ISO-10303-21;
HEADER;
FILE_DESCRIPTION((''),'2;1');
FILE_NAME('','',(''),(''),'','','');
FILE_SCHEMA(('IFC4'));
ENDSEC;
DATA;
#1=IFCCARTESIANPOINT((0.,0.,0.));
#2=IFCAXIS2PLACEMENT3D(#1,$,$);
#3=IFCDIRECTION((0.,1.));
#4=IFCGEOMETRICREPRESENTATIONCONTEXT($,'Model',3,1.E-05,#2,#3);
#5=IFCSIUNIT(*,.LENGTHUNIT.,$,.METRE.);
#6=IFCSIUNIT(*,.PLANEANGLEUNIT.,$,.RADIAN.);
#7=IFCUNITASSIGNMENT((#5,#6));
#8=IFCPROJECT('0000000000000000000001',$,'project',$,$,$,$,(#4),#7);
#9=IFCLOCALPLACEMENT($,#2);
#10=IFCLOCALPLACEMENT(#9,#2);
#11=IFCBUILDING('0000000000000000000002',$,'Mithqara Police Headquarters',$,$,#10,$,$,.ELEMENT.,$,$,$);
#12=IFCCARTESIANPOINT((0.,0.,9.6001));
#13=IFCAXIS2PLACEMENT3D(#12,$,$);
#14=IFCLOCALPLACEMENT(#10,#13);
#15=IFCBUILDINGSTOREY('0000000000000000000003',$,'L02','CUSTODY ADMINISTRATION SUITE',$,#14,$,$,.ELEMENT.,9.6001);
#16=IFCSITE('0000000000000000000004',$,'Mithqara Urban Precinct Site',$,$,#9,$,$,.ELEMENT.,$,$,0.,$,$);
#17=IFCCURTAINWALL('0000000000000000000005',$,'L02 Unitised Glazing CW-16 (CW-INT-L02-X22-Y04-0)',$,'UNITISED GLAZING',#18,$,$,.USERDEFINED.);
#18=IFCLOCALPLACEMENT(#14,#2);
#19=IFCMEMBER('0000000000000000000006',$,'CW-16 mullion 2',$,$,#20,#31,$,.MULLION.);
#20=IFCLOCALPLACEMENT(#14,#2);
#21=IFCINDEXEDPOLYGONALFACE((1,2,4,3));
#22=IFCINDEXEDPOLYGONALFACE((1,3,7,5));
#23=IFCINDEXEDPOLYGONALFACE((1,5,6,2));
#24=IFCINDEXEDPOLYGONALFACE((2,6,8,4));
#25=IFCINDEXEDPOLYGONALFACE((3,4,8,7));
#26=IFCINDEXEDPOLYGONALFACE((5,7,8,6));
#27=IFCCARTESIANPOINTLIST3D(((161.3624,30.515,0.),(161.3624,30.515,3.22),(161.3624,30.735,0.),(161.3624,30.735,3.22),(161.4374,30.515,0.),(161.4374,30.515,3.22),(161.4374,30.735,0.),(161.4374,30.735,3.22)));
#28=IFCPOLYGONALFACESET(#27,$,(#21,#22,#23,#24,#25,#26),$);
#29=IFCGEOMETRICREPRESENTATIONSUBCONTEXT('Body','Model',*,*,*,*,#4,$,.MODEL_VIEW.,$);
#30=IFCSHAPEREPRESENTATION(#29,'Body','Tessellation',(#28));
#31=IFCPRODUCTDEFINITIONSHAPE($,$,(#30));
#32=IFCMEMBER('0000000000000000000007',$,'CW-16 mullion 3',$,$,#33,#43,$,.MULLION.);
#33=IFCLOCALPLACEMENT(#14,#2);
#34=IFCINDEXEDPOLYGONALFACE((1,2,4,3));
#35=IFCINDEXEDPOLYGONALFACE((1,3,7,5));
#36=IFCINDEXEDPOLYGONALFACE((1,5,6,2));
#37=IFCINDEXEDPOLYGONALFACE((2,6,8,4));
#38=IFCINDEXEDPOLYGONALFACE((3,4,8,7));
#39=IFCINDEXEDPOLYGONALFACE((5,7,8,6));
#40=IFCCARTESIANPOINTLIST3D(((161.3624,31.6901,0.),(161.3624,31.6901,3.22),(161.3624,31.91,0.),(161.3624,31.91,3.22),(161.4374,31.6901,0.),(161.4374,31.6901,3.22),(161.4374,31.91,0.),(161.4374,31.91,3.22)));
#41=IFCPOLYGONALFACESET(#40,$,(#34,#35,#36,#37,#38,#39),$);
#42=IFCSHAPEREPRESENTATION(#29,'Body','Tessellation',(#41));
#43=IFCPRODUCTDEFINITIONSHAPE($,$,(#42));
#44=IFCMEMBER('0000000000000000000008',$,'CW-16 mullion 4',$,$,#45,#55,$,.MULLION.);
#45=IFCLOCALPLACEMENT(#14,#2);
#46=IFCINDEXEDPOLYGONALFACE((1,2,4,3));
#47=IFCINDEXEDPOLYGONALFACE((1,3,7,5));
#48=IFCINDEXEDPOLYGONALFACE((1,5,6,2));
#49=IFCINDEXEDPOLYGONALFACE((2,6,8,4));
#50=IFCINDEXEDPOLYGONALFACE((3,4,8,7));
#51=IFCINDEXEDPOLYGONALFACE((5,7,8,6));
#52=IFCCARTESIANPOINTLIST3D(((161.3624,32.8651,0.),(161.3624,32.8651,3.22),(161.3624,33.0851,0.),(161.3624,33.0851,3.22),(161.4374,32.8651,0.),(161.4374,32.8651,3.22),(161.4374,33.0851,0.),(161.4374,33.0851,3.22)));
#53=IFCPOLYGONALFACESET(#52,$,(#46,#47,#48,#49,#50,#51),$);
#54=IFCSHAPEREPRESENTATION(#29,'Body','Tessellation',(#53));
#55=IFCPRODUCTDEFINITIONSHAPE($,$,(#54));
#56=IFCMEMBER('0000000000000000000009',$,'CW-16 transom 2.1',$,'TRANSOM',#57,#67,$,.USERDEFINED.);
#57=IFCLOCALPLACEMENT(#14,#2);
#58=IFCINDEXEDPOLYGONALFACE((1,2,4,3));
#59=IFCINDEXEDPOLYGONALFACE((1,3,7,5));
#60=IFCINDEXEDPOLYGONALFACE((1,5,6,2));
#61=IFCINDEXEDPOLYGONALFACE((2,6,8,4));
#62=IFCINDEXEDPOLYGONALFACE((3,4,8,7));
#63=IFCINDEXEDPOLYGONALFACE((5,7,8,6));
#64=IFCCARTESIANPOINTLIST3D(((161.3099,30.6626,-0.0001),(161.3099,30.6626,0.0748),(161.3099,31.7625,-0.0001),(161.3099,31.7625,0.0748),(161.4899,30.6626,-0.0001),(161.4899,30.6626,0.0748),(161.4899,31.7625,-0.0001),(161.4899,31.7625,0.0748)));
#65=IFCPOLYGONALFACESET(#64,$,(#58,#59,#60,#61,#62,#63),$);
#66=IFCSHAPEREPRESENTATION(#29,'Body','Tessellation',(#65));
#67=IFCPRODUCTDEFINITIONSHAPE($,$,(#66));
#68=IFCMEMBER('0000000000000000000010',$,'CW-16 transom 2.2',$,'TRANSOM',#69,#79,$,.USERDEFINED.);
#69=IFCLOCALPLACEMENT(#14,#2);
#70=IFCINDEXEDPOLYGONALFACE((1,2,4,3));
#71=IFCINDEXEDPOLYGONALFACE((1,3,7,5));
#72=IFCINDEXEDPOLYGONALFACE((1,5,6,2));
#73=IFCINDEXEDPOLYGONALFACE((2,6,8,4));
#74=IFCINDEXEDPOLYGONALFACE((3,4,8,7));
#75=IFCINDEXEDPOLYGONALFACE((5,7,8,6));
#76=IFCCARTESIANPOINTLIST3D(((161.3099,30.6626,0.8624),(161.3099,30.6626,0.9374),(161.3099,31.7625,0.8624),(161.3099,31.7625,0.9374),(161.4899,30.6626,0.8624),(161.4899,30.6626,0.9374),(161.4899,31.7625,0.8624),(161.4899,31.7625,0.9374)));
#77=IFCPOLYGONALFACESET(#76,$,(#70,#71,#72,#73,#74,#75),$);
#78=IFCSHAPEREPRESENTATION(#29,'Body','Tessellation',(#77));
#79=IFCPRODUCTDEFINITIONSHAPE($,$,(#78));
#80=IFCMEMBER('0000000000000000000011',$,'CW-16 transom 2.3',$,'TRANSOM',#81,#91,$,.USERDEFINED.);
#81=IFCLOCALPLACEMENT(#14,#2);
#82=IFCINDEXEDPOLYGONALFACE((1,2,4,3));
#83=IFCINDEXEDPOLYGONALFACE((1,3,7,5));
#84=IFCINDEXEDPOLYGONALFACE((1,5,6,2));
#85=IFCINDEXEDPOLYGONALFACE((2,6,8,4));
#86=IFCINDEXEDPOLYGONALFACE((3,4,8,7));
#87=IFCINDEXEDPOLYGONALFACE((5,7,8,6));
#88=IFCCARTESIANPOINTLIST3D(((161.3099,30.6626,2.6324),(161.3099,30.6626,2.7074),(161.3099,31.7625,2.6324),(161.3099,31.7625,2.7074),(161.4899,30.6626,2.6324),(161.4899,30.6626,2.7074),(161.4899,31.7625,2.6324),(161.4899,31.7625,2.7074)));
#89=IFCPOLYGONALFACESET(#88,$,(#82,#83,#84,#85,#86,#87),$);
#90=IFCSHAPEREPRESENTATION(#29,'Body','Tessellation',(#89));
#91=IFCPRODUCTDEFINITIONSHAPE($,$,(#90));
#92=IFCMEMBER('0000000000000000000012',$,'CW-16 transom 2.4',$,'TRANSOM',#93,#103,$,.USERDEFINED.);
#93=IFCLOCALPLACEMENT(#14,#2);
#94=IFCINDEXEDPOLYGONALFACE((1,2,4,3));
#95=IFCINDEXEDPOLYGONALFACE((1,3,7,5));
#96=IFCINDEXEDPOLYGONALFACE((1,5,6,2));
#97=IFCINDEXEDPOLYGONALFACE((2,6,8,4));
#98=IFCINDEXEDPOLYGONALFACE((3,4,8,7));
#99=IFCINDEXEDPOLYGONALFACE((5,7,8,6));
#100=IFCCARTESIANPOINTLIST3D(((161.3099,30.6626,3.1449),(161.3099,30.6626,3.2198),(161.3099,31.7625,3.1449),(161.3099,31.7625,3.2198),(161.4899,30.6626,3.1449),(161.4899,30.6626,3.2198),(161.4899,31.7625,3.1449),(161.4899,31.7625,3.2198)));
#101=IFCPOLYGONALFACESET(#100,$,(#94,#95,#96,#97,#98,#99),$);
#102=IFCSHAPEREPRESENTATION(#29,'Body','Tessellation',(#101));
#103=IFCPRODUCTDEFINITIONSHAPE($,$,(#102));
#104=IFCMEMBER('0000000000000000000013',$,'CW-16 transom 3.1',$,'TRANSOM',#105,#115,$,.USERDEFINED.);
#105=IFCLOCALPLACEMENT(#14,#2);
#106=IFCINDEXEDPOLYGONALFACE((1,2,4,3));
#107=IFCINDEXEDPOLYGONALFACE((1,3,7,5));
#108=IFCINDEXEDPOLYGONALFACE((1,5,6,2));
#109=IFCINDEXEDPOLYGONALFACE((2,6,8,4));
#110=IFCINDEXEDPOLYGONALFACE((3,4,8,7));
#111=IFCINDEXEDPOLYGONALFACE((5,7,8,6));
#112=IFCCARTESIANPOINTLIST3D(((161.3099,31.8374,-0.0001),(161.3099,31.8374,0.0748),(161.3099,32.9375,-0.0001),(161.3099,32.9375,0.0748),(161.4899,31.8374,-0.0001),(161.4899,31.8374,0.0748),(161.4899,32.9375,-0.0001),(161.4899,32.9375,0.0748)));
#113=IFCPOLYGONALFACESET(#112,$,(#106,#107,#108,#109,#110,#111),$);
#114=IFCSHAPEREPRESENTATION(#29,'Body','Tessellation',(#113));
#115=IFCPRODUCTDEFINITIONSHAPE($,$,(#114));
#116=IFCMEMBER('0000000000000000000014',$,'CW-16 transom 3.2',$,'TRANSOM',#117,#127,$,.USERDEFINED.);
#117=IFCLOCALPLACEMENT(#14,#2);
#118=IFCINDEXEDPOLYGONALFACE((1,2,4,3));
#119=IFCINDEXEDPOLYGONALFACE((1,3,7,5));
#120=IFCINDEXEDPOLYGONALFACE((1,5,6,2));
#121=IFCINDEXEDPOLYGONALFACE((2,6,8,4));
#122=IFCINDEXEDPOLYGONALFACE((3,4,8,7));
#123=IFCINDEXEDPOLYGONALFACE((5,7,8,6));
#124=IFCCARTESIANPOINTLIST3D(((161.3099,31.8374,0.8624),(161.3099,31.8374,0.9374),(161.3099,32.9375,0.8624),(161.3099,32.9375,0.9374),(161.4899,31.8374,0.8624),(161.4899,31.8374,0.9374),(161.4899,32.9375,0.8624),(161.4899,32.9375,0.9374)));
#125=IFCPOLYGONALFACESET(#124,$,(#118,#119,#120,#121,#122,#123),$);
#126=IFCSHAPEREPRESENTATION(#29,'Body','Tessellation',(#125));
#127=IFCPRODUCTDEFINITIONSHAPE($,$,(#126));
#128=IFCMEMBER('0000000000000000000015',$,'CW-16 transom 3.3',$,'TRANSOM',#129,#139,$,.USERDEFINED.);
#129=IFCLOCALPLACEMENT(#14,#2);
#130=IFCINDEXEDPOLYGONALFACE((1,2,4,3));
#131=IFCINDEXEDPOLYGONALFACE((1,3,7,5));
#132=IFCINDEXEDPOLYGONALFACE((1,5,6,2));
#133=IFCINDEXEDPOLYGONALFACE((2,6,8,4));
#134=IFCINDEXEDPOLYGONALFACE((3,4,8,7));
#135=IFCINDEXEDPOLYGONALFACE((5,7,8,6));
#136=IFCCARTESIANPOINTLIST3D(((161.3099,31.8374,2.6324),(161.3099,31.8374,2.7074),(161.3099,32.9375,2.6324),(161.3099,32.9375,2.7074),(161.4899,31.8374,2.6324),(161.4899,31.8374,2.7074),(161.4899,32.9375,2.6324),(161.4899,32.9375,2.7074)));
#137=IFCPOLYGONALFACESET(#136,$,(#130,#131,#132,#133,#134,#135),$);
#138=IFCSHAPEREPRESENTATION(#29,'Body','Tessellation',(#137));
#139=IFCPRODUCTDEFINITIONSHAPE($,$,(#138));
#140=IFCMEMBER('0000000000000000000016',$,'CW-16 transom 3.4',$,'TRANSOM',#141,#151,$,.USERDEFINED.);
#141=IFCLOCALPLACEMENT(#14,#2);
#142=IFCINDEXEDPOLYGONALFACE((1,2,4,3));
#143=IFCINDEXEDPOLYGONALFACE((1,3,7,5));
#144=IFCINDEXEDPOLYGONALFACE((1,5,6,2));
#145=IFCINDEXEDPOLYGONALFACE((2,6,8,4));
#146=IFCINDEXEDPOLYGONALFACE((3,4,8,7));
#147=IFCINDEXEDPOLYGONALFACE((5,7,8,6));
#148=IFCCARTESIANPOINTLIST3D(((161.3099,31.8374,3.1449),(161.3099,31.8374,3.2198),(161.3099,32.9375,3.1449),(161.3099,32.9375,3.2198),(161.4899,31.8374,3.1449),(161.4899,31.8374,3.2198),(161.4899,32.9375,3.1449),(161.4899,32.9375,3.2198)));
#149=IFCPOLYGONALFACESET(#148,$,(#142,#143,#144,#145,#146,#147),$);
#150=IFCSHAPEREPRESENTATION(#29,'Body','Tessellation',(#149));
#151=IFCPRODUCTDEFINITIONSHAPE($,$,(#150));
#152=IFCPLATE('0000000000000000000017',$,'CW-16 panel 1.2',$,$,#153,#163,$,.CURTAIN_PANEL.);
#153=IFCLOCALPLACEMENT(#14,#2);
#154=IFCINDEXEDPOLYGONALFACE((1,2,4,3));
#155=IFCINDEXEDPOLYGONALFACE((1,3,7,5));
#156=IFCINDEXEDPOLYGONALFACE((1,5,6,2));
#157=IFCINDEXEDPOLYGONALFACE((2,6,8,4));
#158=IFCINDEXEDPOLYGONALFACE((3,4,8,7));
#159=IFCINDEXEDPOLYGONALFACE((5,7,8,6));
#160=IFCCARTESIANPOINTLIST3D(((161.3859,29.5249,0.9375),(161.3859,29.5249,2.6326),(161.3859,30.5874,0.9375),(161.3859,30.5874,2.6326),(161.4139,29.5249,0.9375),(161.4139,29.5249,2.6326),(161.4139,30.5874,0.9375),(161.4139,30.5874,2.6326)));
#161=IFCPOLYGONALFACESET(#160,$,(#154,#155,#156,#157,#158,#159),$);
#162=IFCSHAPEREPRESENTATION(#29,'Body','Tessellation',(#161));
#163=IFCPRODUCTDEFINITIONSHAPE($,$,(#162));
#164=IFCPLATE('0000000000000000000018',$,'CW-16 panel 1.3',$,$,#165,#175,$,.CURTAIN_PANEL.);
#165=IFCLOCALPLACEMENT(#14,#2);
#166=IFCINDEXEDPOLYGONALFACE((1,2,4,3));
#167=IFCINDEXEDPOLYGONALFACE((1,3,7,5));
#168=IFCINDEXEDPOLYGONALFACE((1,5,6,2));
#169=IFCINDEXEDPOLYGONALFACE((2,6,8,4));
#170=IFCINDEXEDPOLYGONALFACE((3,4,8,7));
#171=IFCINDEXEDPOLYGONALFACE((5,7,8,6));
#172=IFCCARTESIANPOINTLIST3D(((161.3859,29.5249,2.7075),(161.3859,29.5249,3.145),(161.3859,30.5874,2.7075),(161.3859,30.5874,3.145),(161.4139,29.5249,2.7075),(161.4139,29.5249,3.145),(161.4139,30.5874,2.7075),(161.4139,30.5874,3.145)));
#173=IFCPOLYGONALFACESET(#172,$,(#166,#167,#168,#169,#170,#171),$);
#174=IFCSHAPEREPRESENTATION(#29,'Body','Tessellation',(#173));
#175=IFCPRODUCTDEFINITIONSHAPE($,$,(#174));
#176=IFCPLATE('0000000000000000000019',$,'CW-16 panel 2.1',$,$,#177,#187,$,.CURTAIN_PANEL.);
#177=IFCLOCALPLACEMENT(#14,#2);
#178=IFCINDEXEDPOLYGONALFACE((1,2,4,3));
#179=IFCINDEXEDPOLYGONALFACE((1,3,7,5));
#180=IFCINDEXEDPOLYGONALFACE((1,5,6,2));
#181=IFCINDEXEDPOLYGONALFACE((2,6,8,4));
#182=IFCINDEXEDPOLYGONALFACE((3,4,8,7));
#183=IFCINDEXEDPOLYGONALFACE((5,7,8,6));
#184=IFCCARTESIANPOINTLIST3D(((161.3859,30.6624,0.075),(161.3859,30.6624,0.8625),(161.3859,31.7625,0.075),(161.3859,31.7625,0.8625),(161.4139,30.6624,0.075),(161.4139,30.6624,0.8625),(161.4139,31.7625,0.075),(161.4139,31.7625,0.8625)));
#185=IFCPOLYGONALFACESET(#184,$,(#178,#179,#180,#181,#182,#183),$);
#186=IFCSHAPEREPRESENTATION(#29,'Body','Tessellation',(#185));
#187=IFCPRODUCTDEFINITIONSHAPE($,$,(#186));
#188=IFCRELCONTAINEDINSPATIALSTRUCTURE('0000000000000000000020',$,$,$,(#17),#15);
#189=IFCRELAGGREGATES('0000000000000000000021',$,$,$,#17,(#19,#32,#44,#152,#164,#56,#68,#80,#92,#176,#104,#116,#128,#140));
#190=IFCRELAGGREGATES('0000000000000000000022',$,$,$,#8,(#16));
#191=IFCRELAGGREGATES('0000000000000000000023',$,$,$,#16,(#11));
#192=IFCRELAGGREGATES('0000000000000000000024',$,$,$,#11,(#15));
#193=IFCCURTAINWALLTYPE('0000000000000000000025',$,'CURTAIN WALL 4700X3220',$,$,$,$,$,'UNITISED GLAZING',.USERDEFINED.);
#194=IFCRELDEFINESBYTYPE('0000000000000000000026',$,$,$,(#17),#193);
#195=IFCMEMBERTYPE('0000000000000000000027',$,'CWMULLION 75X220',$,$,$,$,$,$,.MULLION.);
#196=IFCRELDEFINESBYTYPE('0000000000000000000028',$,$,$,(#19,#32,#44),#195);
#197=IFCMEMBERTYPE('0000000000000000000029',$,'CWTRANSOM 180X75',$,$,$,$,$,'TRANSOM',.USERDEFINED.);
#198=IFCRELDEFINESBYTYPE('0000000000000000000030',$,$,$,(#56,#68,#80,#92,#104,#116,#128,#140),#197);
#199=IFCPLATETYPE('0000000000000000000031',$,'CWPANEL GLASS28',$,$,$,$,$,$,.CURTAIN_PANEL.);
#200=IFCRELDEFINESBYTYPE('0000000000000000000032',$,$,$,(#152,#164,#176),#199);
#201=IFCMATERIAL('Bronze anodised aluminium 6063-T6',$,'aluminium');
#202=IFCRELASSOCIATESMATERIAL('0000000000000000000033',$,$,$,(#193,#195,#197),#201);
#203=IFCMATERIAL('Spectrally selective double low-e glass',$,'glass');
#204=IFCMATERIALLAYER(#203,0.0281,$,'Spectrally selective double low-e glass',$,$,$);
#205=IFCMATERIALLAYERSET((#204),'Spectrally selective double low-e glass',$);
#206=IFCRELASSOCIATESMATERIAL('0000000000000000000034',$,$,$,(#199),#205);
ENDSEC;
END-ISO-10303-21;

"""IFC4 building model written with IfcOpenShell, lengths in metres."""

from ifc_helpers import new_model, si_unit, direction, frame, origin, origin_2d, place, context, subcontext, project, spatial, rectangle, extrude, material, layer, layer_set, material_profile, profile_set, type_object, element, aggregate, save


model = new_model("IFC4")

# Units and contexts
model_context = context("Model", 3, precision=1e-05, world=origin(), true_north=direction((0.0, 1.0)))
body_context = subcontext(model_context, "Body", "Model", "MODEL_VIEW")
ifc_project = project(units=[si_unit("LENGTHUNIT", "METRE"), si_unit("PLANEANGLEUNIT", "RADIAN")], contexts=[model_context])

# Site, building, storey
site_placement = place(None, origin())
site = spatial("IfcSite", under=ifc_project, at=site_placement, Name="Mithqara Urban Precinct Site", CompositionType="ELEMENT", RefElevation=0.0)
building_placement = place(site_placement, origin())
building = spatial("IfcBuilding", under=site, at=building_placement, Name="Mithqara Police Headquarters", CompositionType="ELEMENT")
storey_placement = place(building_placement, frame((0.0, 0.0, 9.6001)))
storey = spatial("IfcBuildingStorey", under=building, at=storey_placement, Name="L02", Description="CUSTODY ADMINISTRATION SUITE", CompositionType="ELEMENT", Elevation=9.6001)

# Curtain wall, members, plates
ifc_material_1 = material(Name="Bronze anodised aluminium 6063-T6", Category="aluminium")
curtain_wall_type = type_object("IfcCurtainWallType", Name="CURTAIN WALL 4700X3220", ElementType="UNITISED GLAZING", PredefinedType="USERDEFINED", material=ifc_material_1)
curtain_wall_placement = place(storey_placement, origin())
curtain_wall = element("IfcCurtainWall", 1, at=curtain_wall_placement, inside=storey, type_object=curtain_wall_type, Name="L02 Unitised Glazing CW-16 (CW-INT-L02-X22-Y04-0)", ObjectType="UNITISED GLAZING", PredefinedType="USERDEFINED")
ifc_material_profile_1 = material_profile(ifc_material_1, rectangle(XDim=0.075, YDim=0.22, at=origin_2d()), Name="CWM 75x220")
ifc_profile_set_1 = profile_set([ifc_material_profile_1], Name="Bronze anodised aluminium 6063-T6")
member_type_1 = type_object("IfcMemberType", Name="CWMULLION 75X220", PredefinedType="MULLION", material=ifc_profile_set_1)
member_1_placement = place(storey_placement, frame((161.3999, 30.625, 0.0), z_axis=(0.0, 0.0, 1.0), x_axis=(-1.0, 0.0, 0.0)))
member_1 = element("IfcMember", 2, at=member_1_placement, type_object=member_type_1, Name="CW-16 mullion 2", PredefinedType="MULLION", context=body_context, shape_type="SweptSolid", body=[
    extrude(rectangle(XDim=0.075, YDim=0.22, at=origin_2d()), origin(), (0.0, 0.0, 1.0), 3.22),
])
member_2_placement = place(storey_placement, frame((161.3999, 31.8, 0.0), z_axis=(0.0, 0.0, 1.0), x_axis=(-1.0, 0.0, 0.0)))
member_2 = element("IfcMember", 3, at=member_2_placement, type_object=member_type_1, Name="CW-16 mullion 3", PredefinedType="MULLION", context=body_context, shape_type="SweptSolid", body=[
    extrude(rectangle(XDim=0.075, YDim=0.22, at=origin_2d()), origin(), (0.0, 0.0, 1.0), 3.22),
])
member_3_placement = place(storey_placement, frame((161.3999, 32.9751, 0.0), z_axis=(0.0, 0.0, 1.0), x_axis=(-1.0, 0.0, 0.0)))
member_3 = element("IfcMember", 4, at=member_3_placement, type_object=member_type_1, Name="CW-16 mullion 4", PredefinedType="MULLION", context=body_context, shape_type="SweptSolid", body=[
    extrude(rectangle(XDim=0.075, YDim=0.22, at=origin_2d()), origin(), (0.0, 0.0, 1.0), 3.22),
])
ifc_material_profile_2 = material_profile(ifc_material_1, rectangle(XDim=0.1799, YDim=0.075, at=origin_2d()), Name="CWT 180x75")
ifc_profile_set_2 = profile_set([ifc_material_profile_2], Name="Bronze anodised aluminium 6063-T6")
member_type_2 = type_object("IfcMemberType", Name="CWTRANSOM 180X75", ElementType="TRANSOM", PredefinedType="USERDEFINED", material=ifc_profile_set_2)
member_4_placement = place(storey_placement, frame((161.3999, 30.6626, 0.0374), z_axis=(0.0, 1.0, 0.0), x_axis=(-1.0, 0.0, 0.0)))
member_4 = element("IfcMember", 5, at=member_4_placement, type_object=member_type_2, Name="CW-16 transom 2.1", ObjectType="TRANSOM", PredefinedType="USERDEFINED", context=body_context, shape_type="SweptSolid", body=[
    extrude(rectangle(XDim=0.1799, YDim=0.075, at=origin_2d()), origin(), (0.0, 0.0, 1.0), 1.0999),
])
member_5_placement = place(storey_placement, frame((161.3999, 30.6626, 0.8999), z_axis=(0.0, 1.0, 0.0), x_axis=(-1.0, 0.0, 0.0)))
member_5 = element("IfcMember", 6, at=member_5_placement, type_object=member_type_2, Name="CW-16 transom 2.2", ObjectType="TRANSOM", PredefinedType="USERDEFINED", context=body_context, shape_type="SweptSolid", body=[
    extrude(rectangle(XDim=0.1799, YDim=0.075, at=origin_2d()), origin(), (0.0, 0.0, 1.0), 1.0999),
])
member_6_placement = place(storey_placement, frame((161.3999, 30.6626, 2.6699), z_axis=(0.0, 1.0, 0.0), x_axis=(-1.0, 0.0, 0.0)))
member_6 = element("IfcMember", 7, at=member_6_placement, type_object=member_type_2, Name="CW-16 transom 2.3", ObjectType="TRANSOM", PredefinedType="USERDEFINED", context=body_context, shape_type="SweptSolid", body=[
    extrude(rectangle(XDim=0.1799, YDim=0.075, at=origin_2d()), origin(), (0.0, 0.0, 1.0), 1.0999),
])
member_7_placement = place(storey_placement, frame((161.3999, 30.6626, 3.1824), z_axis=(0.0, 1.0, 0.0), x_axis=(-1.0, 0.0, 0.0)))
member_7 = element("IfcMember", 8, at=member_7_placement, type_object=member_type_2, Name="CW-16 transom 2.4", ObjectType="TRANSOM", PredefinedType="USERDEFINED", context=body_context, shape_type="SweptSolid", body=[
    extrude(rectangle(XDim=0.1799, YDim=0.075, at=origin_2d()), origin(), (0.0, 0.0, 1.0), 1.0999),
])
member_8_placement = place(storey_placement, frame((161.3999, 31.8374, 0.0374), z_axis=(0.0, 1.0, 0.0), x_axis=(-1.0, 0.0, 0.0)))
member_8 = element("IfcMember", 9, at=member_8_placement, type_object=member_type_2, Name="CW-16 transom 3.1", ObjectType="TRANSOM", PredefinedType="USERDEFINED", context=body_context, shape_type="SweptSolid", body=[
    extrude(rectangle(XDim=0.1799, YDim=0.075, at=origin_2d()), origin(), (0.0, 0.0, 1.0), 1.1001),
])
member_9_placement = place(storey_placement, frame((161.3999, 31.8374, 0.8999), z_axis=(0.0, 1.0, 0.0), x_axis=(-1.0, 0.0, 0.0)))
member_9 = element("IfcMember", 10, at=member_9_placement, type_object=member_type_2, Name="CW-16 transom 3.2", ObjectType="TRANSOM", PredefinedType="USERDEFINED", context=body_context, shape_type="SweptSolid", body=[
    extrude(rectangle(XDim=0.1799, YDim=0.075, at=origin_2d()), origin(), (0.0, 0.0, 1.0), 1.1001),
])
member_10_placement = place(storey_placement, frame((161.3999, 31.8374, 2.6699), z_axis=(0.0, 1.0, 0.0), x_axis=(-1.0, 0.0, 0.0)))
member_10 = element("IfcMember", 11, at=member_10_placement, type_object=member_type_2, Name="CW-16 transom 3.3", ObjectType="TRANSOM", PredefinedType="USERDEFINED", context=body_context, shape_type="SweptSolid", body=[
    extrude(rectangle(XDim=0.1799, YDim=0.075, at=origin_2d()), origin(), (0.0, 0.0, 1.0), 1.1001),
])
member_11_placement = place(storey_placement, frame((161.3999, 31.8374, 3.1824), z_axis=(0.0, 1.0, 0.0), x_axis=(-1.0, 0.0, 0.0)))
member_11 = element("IfcMember", 12, at=member_11_placement, type_object=member_type_2, Name="CW-16 transom 3.4", ObjectType="TRANSOM", PredefinedType="USERDEFINED", context=body_context, shape_type="SweptSolid", body=[
    extrude(rectangle(XDim=0.1799, YDim=0.075, at=origin_2d()), origin(), (0.0, 0.0, 1.0), 1.1001),
])
ifc_material_2 = material(Name="Spectrally selective double low-e glass", Category="glass")
ifc_layer_1 = layer(ifc_material_2, 0.0281, Name="Spectrally selective double low-e glass")
ifc_layer_set_1 = layer_set([ifc_layer_1], Name="Spectrally selective double low-e glass")
plate_type = type_object("IfcPlateType", Name="CWPANEL GLASS28", PredefinedType="CURTAIN_PANEL", material=ifc_layer_set_1)
plate_1_placement = place(storey_placement, frame((161.3999, 30.0562, 0.9375), z_axis=(0.0, 0.0, 1.0), x_axis=(0.0, 1.0, 0.0)))
plate_1 = element("IfcPlate", 13, at=plate_1_placement, type_object=plate_type, Name="CW-16 panel 1.2", PredefinedType="CURTAIN_PANEL", context=body_context, shape_type="SweptSolid", body=[
    extrude(rectangle(XDim=1.0625, YDim=0.0281, at=origin_2d()), origin(), (0.0, 0.0, 1.0), 1.6951),
])
plate_2_placement = place(storey_placement, frame((161.3999, 30.0562, 2.7075), z_axis=(0.0, 0.0, 1.0), x_axis=(0.0, 1.0, 0.0)))
plate_2 = element("IfcPlate", 14, at=plate_2_placement, type_object=plate_type, Name="CW-16 panel 1.3", PredefinedType="CURTAIN_PANEL", context=body_context, shape_type="SweptSolid", body=[
    extrude(rectangle(XDim=1.0625, YDim=0.0281, at=origin_2d()), origin(), (0.0, 0.0, 1.0), 0.4375),
])
plate_3_placement = place(storey_placement, frame((161.3999, 31.2124, 0.075), z_axis=(0.0, 0.0, 1.0), x_axis=(0.0, 1.0, 0.0)))
plate_3 = element("IfcPlate", 15, at=plate_3_placement, type_object=plate_type, Name="CW-16 panel 2.1", PredefinedType="CURTAIN_PANEL", context=body_context, shape_type="SweptSolid", body=[
    extrude(rectangle(XDim=1.1001, YDim=0.0281, at=origin_2d()), origin(), (0.0, 0.0, 1.0), 0.7876),
])
aggregate(curtain_wall, [member_1, member_2, member_3, plate_1, plate_2, member_4, member_5, member_6, member_7, plate_3, member_8, member_9, member_10, member_11])

save(model, "model.ifc")
